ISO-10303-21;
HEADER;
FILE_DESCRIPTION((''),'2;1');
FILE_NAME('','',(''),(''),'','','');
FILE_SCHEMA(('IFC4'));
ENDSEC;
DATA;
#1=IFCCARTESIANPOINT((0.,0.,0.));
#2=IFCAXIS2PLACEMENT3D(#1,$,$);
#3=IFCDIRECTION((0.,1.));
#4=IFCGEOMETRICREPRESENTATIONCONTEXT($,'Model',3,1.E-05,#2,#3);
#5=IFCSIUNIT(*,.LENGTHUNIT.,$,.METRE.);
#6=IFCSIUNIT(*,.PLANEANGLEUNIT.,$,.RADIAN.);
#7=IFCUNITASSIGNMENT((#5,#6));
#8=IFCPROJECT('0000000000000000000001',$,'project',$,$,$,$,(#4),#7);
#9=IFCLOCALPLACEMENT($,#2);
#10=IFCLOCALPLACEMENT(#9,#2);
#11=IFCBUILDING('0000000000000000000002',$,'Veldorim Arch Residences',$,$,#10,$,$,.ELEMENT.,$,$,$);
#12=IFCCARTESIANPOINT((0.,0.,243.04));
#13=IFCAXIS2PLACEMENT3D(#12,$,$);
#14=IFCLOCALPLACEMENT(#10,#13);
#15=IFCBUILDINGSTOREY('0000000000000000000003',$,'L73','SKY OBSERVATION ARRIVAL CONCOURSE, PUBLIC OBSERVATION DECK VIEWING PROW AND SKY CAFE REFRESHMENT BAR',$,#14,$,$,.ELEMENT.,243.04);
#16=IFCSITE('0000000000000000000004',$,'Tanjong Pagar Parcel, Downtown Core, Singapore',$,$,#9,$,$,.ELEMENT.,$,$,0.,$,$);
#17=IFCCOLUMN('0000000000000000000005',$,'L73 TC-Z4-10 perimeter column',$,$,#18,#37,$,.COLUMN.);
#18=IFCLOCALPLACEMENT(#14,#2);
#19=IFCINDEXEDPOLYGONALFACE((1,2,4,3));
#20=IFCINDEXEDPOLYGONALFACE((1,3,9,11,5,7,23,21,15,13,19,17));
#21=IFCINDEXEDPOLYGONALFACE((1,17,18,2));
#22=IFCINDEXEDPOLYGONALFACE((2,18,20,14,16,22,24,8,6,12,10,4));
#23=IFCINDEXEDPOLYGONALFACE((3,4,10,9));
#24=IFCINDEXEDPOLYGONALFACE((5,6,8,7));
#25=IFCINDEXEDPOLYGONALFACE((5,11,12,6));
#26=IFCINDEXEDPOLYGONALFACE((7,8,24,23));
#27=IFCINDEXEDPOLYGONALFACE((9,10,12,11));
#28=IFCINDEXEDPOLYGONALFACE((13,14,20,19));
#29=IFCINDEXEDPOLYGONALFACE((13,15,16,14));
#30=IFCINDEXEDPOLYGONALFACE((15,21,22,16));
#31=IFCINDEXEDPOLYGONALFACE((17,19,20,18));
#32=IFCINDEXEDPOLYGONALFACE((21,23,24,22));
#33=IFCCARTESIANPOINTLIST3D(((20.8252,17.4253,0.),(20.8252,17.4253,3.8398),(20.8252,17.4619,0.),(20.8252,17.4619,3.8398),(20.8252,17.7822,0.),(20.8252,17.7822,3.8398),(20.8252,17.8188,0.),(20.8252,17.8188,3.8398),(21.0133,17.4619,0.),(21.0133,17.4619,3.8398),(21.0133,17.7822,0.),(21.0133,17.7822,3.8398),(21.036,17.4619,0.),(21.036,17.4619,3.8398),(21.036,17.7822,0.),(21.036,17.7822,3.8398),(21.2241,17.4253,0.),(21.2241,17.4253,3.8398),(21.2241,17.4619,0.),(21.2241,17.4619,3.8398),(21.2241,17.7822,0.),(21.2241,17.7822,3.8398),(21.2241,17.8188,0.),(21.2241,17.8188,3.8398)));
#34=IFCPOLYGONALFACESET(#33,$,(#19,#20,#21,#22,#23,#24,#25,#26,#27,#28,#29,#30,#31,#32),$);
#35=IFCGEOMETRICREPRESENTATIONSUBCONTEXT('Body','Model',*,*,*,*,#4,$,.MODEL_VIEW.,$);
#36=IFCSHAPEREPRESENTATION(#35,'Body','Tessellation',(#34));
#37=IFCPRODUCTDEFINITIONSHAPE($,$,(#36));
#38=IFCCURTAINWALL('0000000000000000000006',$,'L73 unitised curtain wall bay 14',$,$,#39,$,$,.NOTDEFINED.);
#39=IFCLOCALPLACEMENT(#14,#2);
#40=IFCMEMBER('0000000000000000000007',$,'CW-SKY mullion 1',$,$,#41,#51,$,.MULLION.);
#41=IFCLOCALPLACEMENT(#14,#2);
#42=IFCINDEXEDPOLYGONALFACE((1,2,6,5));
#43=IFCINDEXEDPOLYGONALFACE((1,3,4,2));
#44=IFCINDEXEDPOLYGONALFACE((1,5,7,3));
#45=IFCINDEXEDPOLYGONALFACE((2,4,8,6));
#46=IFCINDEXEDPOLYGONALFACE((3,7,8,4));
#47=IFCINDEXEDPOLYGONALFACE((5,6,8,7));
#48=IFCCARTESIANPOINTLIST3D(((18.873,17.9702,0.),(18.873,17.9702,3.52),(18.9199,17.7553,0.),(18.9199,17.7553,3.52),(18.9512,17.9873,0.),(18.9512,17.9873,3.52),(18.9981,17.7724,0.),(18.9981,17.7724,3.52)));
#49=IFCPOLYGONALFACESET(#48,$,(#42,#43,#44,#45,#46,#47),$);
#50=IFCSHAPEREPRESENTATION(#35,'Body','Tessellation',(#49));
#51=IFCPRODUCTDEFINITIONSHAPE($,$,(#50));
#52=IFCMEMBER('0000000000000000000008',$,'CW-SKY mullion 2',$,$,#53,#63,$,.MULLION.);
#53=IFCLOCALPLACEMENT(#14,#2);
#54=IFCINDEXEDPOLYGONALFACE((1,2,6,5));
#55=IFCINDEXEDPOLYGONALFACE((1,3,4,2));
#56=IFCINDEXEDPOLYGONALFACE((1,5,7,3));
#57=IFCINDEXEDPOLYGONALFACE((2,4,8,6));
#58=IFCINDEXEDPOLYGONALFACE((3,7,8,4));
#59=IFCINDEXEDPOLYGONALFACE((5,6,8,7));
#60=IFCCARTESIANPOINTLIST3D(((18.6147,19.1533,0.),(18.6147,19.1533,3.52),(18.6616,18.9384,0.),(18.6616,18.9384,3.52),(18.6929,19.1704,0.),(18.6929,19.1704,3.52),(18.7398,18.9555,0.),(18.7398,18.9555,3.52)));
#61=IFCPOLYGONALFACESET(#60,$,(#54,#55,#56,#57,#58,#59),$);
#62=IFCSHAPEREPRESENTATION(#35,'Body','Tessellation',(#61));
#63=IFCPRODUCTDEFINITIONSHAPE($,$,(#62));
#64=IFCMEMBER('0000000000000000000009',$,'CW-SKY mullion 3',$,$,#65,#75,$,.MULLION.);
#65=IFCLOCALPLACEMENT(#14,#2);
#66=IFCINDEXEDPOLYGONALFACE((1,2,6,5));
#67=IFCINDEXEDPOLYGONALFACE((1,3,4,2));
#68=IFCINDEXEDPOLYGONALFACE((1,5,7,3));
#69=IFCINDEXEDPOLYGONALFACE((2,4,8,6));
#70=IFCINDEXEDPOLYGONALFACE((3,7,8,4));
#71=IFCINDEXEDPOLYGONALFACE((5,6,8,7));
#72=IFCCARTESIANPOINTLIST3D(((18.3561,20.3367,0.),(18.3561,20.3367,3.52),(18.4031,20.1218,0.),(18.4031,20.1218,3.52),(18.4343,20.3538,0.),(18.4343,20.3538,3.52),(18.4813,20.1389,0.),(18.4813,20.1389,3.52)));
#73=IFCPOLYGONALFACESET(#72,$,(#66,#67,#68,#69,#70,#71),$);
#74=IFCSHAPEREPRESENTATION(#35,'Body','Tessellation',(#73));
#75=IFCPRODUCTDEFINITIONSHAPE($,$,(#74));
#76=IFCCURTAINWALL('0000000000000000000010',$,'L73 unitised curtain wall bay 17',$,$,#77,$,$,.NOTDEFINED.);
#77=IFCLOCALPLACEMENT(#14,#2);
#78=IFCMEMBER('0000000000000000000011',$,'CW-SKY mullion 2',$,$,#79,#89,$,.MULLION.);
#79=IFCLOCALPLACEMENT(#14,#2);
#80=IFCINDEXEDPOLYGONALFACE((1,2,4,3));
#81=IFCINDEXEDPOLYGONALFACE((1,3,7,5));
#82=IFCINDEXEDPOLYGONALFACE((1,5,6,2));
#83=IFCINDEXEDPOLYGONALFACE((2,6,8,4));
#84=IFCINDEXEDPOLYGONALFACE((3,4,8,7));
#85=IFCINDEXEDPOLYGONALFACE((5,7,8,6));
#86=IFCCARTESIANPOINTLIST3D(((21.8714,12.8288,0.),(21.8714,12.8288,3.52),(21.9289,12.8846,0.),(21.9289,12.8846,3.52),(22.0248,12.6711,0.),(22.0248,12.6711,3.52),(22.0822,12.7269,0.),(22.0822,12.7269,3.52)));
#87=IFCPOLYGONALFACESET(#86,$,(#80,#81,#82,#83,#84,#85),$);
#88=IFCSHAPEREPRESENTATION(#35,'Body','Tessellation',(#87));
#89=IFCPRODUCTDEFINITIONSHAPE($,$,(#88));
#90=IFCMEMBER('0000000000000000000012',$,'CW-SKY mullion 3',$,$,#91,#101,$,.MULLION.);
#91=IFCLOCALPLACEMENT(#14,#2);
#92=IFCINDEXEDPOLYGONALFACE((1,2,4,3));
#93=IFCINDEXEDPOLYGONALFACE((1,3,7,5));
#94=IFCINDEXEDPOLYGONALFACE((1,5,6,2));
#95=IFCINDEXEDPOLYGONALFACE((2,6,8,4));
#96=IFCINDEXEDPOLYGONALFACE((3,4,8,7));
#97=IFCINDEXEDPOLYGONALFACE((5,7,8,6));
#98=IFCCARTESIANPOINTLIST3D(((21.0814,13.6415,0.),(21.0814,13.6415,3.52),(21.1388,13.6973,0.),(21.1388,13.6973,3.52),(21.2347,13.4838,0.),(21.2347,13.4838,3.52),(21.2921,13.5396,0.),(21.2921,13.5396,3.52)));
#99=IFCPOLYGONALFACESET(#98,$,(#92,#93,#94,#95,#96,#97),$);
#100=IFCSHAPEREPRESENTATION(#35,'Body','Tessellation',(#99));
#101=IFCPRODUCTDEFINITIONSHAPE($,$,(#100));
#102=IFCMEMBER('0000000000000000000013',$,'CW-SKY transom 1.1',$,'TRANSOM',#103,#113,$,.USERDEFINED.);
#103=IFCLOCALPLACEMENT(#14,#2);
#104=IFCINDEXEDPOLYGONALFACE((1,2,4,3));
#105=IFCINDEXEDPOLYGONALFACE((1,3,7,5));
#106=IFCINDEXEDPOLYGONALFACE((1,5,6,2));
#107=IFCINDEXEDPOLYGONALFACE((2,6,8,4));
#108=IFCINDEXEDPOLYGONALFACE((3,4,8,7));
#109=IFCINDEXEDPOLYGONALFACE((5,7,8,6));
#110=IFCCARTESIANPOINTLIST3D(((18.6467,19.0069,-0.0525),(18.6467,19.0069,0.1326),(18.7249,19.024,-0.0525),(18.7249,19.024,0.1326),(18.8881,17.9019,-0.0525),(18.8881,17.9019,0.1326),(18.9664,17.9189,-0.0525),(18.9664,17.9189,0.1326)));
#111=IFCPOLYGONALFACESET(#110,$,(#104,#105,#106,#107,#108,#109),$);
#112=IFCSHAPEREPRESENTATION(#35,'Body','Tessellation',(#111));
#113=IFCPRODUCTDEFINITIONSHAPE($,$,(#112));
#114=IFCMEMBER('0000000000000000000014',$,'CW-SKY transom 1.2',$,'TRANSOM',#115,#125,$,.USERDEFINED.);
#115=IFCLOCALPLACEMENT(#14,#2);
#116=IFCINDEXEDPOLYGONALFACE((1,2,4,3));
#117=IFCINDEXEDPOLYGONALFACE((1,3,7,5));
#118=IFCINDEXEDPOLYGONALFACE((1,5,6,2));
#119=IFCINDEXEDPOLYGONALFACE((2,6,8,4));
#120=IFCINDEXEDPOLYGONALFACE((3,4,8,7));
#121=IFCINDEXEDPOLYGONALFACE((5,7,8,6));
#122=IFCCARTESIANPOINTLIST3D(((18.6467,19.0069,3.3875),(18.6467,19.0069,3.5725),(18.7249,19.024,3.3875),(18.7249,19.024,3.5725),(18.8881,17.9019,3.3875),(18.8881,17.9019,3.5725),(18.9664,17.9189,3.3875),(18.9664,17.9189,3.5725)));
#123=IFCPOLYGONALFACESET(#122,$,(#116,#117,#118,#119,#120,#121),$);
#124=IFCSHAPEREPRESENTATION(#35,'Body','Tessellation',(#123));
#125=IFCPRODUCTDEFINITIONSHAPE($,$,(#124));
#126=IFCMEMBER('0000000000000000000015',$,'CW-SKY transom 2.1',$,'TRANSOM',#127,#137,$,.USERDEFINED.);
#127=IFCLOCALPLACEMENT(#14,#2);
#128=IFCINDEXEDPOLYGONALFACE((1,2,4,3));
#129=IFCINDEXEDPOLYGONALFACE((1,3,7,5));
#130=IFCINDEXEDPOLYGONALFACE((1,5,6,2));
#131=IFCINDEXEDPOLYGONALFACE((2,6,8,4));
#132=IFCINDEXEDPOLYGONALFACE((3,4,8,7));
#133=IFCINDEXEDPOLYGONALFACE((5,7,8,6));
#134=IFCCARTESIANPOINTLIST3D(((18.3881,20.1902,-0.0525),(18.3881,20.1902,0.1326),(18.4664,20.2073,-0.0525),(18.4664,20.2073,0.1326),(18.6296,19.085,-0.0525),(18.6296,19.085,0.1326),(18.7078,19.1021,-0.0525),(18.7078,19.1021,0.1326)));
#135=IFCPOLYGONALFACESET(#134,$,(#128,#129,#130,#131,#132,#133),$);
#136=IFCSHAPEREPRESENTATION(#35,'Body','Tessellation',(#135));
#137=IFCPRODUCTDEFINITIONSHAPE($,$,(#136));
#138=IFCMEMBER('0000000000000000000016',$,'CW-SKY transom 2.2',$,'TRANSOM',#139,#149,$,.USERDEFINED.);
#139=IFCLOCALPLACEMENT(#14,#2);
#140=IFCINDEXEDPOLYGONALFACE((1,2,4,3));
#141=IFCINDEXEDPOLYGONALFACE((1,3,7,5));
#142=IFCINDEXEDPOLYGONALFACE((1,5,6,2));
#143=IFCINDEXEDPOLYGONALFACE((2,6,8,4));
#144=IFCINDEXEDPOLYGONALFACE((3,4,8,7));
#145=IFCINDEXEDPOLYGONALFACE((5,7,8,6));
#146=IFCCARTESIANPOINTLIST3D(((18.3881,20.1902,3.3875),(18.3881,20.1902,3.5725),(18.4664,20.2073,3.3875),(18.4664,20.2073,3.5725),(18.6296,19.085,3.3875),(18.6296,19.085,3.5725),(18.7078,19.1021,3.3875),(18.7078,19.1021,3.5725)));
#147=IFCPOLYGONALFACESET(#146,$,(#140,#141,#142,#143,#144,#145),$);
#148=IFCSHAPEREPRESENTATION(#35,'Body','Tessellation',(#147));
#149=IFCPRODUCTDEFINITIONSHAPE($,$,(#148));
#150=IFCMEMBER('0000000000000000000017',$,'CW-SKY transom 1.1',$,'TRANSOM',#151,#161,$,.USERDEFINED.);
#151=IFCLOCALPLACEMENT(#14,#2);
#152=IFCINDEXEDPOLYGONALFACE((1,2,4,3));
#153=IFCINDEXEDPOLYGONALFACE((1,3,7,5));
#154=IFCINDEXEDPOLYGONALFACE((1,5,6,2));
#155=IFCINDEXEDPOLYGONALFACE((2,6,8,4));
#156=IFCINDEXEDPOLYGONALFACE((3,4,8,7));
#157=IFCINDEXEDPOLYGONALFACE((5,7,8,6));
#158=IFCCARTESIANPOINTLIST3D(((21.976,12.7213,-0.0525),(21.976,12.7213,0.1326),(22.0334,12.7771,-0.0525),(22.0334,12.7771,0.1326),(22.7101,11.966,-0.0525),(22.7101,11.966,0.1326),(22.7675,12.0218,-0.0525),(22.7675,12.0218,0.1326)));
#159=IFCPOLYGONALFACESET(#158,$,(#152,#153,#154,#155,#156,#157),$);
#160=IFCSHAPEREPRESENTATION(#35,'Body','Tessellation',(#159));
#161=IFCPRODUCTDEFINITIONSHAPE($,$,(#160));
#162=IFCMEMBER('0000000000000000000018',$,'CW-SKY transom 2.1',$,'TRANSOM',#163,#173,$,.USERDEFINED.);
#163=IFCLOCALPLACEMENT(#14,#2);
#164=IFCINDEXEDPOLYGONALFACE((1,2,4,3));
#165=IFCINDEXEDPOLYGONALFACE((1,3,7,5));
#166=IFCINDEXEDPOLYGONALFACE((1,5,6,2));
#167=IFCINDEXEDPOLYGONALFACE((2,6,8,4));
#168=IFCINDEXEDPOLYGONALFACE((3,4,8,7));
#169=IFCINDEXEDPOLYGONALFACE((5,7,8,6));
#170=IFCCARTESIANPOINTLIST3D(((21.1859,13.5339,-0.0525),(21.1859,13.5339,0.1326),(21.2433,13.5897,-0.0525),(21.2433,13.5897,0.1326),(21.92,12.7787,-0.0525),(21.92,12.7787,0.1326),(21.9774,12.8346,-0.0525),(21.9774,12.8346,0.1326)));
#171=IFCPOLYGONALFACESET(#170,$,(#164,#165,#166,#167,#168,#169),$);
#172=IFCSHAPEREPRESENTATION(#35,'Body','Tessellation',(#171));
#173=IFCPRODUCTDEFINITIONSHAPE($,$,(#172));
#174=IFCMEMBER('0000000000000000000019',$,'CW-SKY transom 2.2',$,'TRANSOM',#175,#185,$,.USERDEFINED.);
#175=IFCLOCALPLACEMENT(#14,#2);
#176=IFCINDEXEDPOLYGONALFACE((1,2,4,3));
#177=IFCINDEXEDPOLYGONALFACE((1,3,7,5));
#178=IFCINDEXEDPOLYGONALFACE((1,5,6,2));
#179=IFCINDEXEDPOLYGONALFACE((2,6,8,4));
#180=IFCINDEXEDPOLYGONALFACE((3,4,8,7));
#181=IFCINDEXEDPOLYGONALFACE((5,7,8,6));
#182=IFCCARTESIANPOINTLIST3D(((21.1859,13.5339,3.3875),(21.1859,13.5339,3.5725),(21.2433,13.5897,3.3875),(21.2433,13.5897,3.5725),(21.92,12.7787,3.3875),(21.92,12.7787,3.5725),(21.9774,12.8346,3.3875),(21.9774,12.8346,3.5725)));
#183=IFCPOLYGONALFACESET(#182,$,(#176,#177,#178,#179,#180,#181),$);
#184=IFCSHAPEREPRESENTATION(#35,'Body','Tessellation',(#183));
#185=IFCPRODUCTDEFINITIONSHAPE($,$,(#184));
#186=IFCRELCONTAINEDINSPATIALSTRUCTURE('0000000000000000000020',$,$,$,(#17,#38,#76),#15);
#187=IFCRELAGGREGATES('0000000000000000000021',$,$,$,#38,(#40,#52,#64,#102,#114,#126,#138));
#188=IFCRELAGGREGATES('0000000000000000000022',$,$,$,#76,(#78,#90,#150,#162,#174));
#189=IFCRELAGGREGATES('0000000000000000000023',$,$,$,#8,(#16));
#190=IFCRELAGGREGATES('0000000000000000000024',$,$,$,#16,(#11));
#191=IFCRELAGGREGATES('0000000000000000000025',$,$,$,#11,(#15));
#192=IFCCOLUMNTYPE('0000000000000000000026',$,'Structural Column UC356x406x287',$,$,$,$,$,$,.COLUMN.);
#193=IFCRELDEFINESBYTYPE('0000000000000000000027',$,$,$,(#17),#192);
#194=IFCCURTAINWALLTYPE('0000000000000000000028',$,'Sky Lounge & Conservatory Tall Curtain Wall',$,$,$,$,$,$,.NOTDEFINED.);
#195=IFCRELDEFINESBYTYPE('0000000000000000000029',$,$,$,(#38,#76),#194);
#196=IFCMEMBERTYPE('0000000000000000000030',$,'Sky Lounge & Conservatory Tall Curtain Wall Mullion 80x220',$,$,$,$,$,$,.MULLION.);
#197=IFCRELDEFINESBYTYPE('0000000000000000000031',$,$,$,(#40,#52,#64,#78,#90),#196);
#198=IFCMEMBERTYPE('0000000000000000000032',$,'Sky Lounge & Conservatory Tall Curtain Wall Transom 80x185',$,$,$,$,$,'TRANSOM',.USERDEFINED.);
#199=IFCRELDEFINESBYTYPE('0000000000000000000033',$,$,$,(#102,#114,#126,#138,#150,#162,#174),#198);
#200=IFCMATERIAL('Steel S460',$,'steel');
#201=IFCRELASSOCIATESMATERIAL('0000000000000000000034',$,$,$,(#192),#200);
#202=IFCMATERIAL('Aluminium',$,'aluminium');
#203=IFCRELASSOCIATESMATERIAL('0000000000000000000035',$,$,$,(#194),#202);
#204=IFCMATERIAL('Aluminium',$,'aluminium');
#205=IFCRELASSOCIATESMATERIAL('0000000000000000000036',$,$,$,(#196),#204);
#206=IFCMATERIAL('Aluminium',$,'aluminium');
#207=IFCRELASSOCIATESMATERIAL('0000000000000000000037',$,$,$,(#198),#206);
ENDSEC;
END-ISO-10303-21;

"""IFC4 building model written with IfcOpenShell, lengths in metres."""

from ifc_helpers import new_model, si_unit, direction, frame, origin, origin_2d, place, context, subcontext, project, spatial, rectangle, i_section, extrude, material, material_profile, profile_set, type_object, element, aggregate, save


model = new_model("IFC4")

# Units and contexts
model_context = context("Model", 3, precision=1e-05, world=origin(), true_north=direction((0.0, 1.0)))
body_context = subcontext(model_context, "Body", "Model", "MODEL_VIEW")
ifc_project = project(units=[si_unit("LENGTHUNIT", "METRE"), si_unit("PLANEANGLEUNIT", "RADIAN")], contexts=[model_context])

# Site, building, storey
site_placement = place(None, origin())
site = spatial("IfcSite", under=ifc_project, at=site_placement, Name="Tanjong Pagar Parcel, Downtown Core, Singapore", CompositionType="ELEMENT", RefElevation=0.0)
building_placement = place(site_placement, origin())
building = spatial("IfcBuilding", under=site, at=building_placement, Name="Veldorim Arch Residences", CompositionType="ELEMENT")
storey_placement = place(building_placement, frame((0.0, 0.0, 243.04)))
storey = spatial("IfcBuildingStorey", under=building, at=storey_placement, Name="L73", Description="SKY OBSERVATION ARRIVAL CONCOURSE, PUBLIC OBSERVATION DECK VIEWING PROW AND SKY CAFE REFRESHMENT BAR", CompositionType="ELEMENT", Elevation=243.04)

# Column
ifc_material_1 = material(Name="Steel S460", Category="steel")
ifc_material_profile_1 = material_profile(ifc_material_1, i_section(OverallWidth=0.3989, OverallDepth=0.3936, WebThickness=0.0227, FlangeThickness=0.0366, at=origin_2d()), Name="UC356x406x287")
ifc_profile_set_1 = profile_set([ifc_material_profile_1], Name="Steel S460")
column_type = type_object("IfcColumnType", Name="Structural Column UC356x406x287", PredefinedType="COLUMN", material=ifc_profile_set_1)
column_placement = place(storey_placement, frame((21.0247, 17.6221, 0.0), z_axis=(0.0, 0.0, 1.0), x_axis=(1.0, 0.0, 0.0)))
element("IfcColumn", 1, at=column_placement, inside=storey, type_object=column_type, Name="L73 TC-Z4-10 perimeter column", PredefinedType="COLUMN", context=body_context, shape_type="SweptSolid", body=[
    extrude(i_section(OverallWidth=0.3989, OverallDepth=0.3936, WebThickness=0.0227, FlangeThickness=0.0366, at=origin_2d()), origin(), (0.0, 0.0, 1.0), 3.8398),
])

# Curtain walls, members
ifc_material_2 = material(Name="Aluminium", Category="aluminium")
curtain_wall_type = type_object("IfcCurtainWallType", Name="Sky Lounge & Conservatory Tall Curtain Wall", PredefinedType="NOTDEFINED", material=ifc_material_2)
curtain_wall_1_placement = place(storey_placement, origin())
curtain_wall_1 = element("IfcCurtainWall", 2, at=curtain_wall_1_placement, inside=storey, type_object=curtain_wall_type, Name="L73 unitised curtain wall bay 14", PredefinedType="NOTDEFINED")
ifc_material_3 = material(Name="Aluminium", Category="aluminium")
ifc_material_profile_2 = material_profile(ifc_material_3, rectangle(XDim=0.0801, YDim=0.22, at=origin_2d()), Name="ALU_MUL_80x220")
ifc_profile_set_2 = profile_set([ifc_material_profile_2], Name="Aluminium")
member_type_1 = type_object("IfcMemberType", Name="Sky Lounge & Conservatory Tall Curtain Wall Mullion 80x220", PredefinedType="MULLION", material=ifc_profile_set_2)
member_1_placement = place(storey_placement, frame((18.9355, 17.8713, 0.0), z_axis=(0.0, 0.0, 1.0), x_axis=(-0.976955, -0.213447, 0.0)))
member_1 = element("IfcMember", 3, at=member_1_placement, type_object=member_type_1, Name="CW-SKY mullion 1", PredefinedType="MULLION", context=body_context, shape_type="SweptSolid", body=[
    extrude(rectangle(XDim=0.0801, YDim=0.22, at=origin_2d()), origin(), (0.0, 0.0, 1.0), 3.52),
])
member_2_placement = place(storey_placement, frame((18.6772, 19.0544, 0.0), z_axis=(0.0, 0.0, 1.0), x_axis=(-0.976955, -0.213447, 0.0)))
member_2 = element("IfcMember", 4, at=member_2_placement, type_object=member_type_1, Name="CW-SKY mullion 2", PredefinedType="MULLION", context=body_context, shape_type="SweptSolid", body=[
    extrude(rectangle(XDim=0.0801, YDim=0.22, at=origin_2d()), origin(), (0.0, 0.0, 1.0), 3.52),
])
member_3_placement = place(storey_placement, frame((18.4187, 20.2378, 0.0), z_axis=(0.0, 0.0, 1.0), x_axis=(-0.976955, -0.213447, 0.0)))
member_3 = element("IfcMember", 5, at=member_3_placement, type_object=member_type_1, Name="CW-SKY mullion 3", PredefinedType="MULLION", context=body_context, shape_type="SweptSolid", body=[
    extrude(rectangle(XDim=0.0801, YDim=0.22, at=origin_2d()), origin(), (0.0, 0.0, 1.0), 3.52),
])
curtain_wall_2_placement = place(storey_placement, origin())
curtain_wall_2 = element("IfcCurtainWall", 6, at=curtain_wall_2_placement, inside=storey, type_object=curtain_wall_type, Name="L73 unitised curtain wall bay 17", PredefinedType="NOTDEFINED")
member_4_placement = place(storey_placement, frame((21.9768, 12.7778, 0.0), z_axis=(0.0, 0.0, 1.0), x_axis=(-0.717029, -0.697044, 0.0)))
member_4 = element("IfcMember", 7, at=member_4_placement, type_object=member_type_1, Name="CW-SKY mullion 2", PredefinedType="MULLION", context=body_context, shape_type="SweptSolid", body=[
    extrude(rectangle(XDim=0.0801, YDim=0.22, at=origin_2d()), origin(), (0.0, 0.0, 1.0), 3.52),
])
member_5_placement = place(storey_placement, frame((21.1868, 13.5906, 0.0), z_axis=(0.0, 0.0, 1.0), x_axis=(-0.717029, -0.697044, 0.0)))
member_5 = element("IfcMember", 8, at=member_5_placement, type_object=member_type_1, Name="CW-SKY mullion 3", PredefinedType="MULLION", context=body_context, shape_type="SweptSolid", body=[
    extrude(rectangle(XDim=0.0801, YDim=0.22, at=origin_2d()), origin(), (0.0, 0.0, 1.0), 3.52),
])

# Members
ifc_material_4 = material(Name="Aluminium", Category="aluminium")
ifc_material_profile_3 = material_profile(ifc_material_4, rectangle(XDim=0.0801, YDim=0.1851, at=origin_2d()), Name="ALU_TRN_80x185")
ifc_profile_set_3 = profile_set([ifc_material_profile_3], Name="Aluminium")
member_type_2 = type_object("IfcMemberType", Name="Sky Lounge & Conservatory Tall Curtain Wall Transom 80x185", ElementType="TRANSOM", PredefinedType="USERDEFINED", material=ifc_profile_set_3)
member_6_placement = place(storey_placement, frame((18.9272, 17.9104, 0.04), z_axis=(-0.213478, 0.976948, 0.0), x_axis=(-0.976948, -0.213478, 0.0)))
member_6 = element("IfcMember", 9, at=member_6_placement, type_object=member_type_2, Name="CW-SKY transom 1.1", ObjectType="TRANSOM", PredefinedType="USERDEFINED", context=body_context, shape_type="SweptSolid", body=[
    extrude(rectangle(XDim=0.0801, YDim=0.1851, at=origin_2d()), origin(), (0.0, 0.0, 1.0), 1.1311),
])
member_7_placement = place(storey_placement, frame((18.9272, 17.9104, 3.48), z_axis=(-0.213478, 0.976948, 0.0), x_axis=(-0.976948, -0.213478, 0.0)))
member_7 = element("IfcMember", 10, at=member_7_placement, type_object=member_type_2, Name="CW-SKY transom 1.2", ObjectType="TRANSOM", PredefinedType="USERDEFINED", context=body_context, shape_type="SweptSolid", body=[
    extrude(rectangle(XDim=0.0801, YDim=0.1851, at=origin_2d()), origin(), (0.0, 0.0, 1.0), 1.1311),
])
member_8_placement = place(storey_placement, frame((18.6687, 19.0935, 0.04), z_axis=(-0.213433, 0.976958, 0.0), x_axis=(-0.976958, -0.213433, 0.0)))
member_8 = element("IfcMember", 11, at=member_8_placement, type_object=member_type_2, Name="CW-SKY transom 2.1", ObjectType="TRANSOM", PredefinedType="USERDEFINED", context=body_context, shape_type="SweptSolid", body=[
    extrude(rectangle(XDim=0.0801, YDim=0.1851, at=origin_2d()), origin(), (0.0, 0.0, 1.0), 1.1313),
])
member_9_placement = place(storey_placement, frame((18.6687, 19.0935, 3.48), z_axis=(-0.213433, 0.976958, 0.0), x_axis=(-0.976958, -0.213433, 0.0)))
member_9 = element("IfcMember", 12, at=member_9_placement, type_object=member_type_2, Name="CW-SKY transom 2.2", ObjectType="TRANSOM", PredefinedType="USERDEFINED", context=body_context, shape_type="SweptSolid", body=[
    extrude(rectangle(XDim=0.0801, YDim=0.1851, at=origin_2d()), origin(), (0.0, 0.0, 1.0), 1.1313),
])
member_10_placement = place(storey_placement, frame((22.7388, 11.9939, 0.04), z_axis=(-0.696953, 0.717117, 0.0), x_axis=(-0.717117, -0.696953, 0.0)))
member_10 = element("IfcMember", 13, at=member_10_placement, type_object=member_type_2, Name="CW-SKY transom 1.1", ObjectType="TRANSOM", PredefinedType="USERDEFINED", context=body_context, shape_type="SweptSolid", body=[
    extrude(rectangle(XDim=0.0801, YDim=0.1851, at=origin_2d()), origin(), (0.0, 0.0, 1.0), 1.0532),
])
member_11_placement = place(storey_placement, frame((21.9487, 12.8066, 0.04), z_axis=(-0.697068, 0.717005, 0.0), x_axis=(-0.717005, -0.697068, 0.0)))
member_11 = element("IfcMember", 14, at=member_11_placement, type_object=member_type_2, Name="CW-SKY transom 2.1", ObjectType="TRANSOM", PredefinedType="USERDEFINED", context=body_context, shape_type="SweptSolid", body=[
    extrude(rectangle(XDim=0.0801, YDim=0.1851, at=origin_2d()), origin(), (0.0, 0.0, 1.0), 1.0532),
])
member_12_placement = place(storey_placement, frame((21.9487, 12.8066, 3.48), z_axis=(-0.697068, 0.717005, 0.0), x_axis=(-0.717005, -0.697068, 0.0)))
member_12 = element("IfcMember", 15, at=member_12_placement, type_object=member_type_2, Name="CW-SKY transom 2.2", ObjectType="TRANSOM", PredefinedType="USERDEFINED", context=body_context, shape_type="SweptSolid", body=[
    extrude(rectangle(XDim=0.0801, YDim=0.1851, at=origin_2d()), origin(), (0.0, 0.0, 1.0), 1.0532),
])

aggregate(curtain_wall_1, [member_1, member_2, member_3, member_6, member_7, member_8, member_9])
aggregate(curtain_wall_2, [member_4, member_5, member_10, member_11, member_12])

save(model, "model.ifc")
